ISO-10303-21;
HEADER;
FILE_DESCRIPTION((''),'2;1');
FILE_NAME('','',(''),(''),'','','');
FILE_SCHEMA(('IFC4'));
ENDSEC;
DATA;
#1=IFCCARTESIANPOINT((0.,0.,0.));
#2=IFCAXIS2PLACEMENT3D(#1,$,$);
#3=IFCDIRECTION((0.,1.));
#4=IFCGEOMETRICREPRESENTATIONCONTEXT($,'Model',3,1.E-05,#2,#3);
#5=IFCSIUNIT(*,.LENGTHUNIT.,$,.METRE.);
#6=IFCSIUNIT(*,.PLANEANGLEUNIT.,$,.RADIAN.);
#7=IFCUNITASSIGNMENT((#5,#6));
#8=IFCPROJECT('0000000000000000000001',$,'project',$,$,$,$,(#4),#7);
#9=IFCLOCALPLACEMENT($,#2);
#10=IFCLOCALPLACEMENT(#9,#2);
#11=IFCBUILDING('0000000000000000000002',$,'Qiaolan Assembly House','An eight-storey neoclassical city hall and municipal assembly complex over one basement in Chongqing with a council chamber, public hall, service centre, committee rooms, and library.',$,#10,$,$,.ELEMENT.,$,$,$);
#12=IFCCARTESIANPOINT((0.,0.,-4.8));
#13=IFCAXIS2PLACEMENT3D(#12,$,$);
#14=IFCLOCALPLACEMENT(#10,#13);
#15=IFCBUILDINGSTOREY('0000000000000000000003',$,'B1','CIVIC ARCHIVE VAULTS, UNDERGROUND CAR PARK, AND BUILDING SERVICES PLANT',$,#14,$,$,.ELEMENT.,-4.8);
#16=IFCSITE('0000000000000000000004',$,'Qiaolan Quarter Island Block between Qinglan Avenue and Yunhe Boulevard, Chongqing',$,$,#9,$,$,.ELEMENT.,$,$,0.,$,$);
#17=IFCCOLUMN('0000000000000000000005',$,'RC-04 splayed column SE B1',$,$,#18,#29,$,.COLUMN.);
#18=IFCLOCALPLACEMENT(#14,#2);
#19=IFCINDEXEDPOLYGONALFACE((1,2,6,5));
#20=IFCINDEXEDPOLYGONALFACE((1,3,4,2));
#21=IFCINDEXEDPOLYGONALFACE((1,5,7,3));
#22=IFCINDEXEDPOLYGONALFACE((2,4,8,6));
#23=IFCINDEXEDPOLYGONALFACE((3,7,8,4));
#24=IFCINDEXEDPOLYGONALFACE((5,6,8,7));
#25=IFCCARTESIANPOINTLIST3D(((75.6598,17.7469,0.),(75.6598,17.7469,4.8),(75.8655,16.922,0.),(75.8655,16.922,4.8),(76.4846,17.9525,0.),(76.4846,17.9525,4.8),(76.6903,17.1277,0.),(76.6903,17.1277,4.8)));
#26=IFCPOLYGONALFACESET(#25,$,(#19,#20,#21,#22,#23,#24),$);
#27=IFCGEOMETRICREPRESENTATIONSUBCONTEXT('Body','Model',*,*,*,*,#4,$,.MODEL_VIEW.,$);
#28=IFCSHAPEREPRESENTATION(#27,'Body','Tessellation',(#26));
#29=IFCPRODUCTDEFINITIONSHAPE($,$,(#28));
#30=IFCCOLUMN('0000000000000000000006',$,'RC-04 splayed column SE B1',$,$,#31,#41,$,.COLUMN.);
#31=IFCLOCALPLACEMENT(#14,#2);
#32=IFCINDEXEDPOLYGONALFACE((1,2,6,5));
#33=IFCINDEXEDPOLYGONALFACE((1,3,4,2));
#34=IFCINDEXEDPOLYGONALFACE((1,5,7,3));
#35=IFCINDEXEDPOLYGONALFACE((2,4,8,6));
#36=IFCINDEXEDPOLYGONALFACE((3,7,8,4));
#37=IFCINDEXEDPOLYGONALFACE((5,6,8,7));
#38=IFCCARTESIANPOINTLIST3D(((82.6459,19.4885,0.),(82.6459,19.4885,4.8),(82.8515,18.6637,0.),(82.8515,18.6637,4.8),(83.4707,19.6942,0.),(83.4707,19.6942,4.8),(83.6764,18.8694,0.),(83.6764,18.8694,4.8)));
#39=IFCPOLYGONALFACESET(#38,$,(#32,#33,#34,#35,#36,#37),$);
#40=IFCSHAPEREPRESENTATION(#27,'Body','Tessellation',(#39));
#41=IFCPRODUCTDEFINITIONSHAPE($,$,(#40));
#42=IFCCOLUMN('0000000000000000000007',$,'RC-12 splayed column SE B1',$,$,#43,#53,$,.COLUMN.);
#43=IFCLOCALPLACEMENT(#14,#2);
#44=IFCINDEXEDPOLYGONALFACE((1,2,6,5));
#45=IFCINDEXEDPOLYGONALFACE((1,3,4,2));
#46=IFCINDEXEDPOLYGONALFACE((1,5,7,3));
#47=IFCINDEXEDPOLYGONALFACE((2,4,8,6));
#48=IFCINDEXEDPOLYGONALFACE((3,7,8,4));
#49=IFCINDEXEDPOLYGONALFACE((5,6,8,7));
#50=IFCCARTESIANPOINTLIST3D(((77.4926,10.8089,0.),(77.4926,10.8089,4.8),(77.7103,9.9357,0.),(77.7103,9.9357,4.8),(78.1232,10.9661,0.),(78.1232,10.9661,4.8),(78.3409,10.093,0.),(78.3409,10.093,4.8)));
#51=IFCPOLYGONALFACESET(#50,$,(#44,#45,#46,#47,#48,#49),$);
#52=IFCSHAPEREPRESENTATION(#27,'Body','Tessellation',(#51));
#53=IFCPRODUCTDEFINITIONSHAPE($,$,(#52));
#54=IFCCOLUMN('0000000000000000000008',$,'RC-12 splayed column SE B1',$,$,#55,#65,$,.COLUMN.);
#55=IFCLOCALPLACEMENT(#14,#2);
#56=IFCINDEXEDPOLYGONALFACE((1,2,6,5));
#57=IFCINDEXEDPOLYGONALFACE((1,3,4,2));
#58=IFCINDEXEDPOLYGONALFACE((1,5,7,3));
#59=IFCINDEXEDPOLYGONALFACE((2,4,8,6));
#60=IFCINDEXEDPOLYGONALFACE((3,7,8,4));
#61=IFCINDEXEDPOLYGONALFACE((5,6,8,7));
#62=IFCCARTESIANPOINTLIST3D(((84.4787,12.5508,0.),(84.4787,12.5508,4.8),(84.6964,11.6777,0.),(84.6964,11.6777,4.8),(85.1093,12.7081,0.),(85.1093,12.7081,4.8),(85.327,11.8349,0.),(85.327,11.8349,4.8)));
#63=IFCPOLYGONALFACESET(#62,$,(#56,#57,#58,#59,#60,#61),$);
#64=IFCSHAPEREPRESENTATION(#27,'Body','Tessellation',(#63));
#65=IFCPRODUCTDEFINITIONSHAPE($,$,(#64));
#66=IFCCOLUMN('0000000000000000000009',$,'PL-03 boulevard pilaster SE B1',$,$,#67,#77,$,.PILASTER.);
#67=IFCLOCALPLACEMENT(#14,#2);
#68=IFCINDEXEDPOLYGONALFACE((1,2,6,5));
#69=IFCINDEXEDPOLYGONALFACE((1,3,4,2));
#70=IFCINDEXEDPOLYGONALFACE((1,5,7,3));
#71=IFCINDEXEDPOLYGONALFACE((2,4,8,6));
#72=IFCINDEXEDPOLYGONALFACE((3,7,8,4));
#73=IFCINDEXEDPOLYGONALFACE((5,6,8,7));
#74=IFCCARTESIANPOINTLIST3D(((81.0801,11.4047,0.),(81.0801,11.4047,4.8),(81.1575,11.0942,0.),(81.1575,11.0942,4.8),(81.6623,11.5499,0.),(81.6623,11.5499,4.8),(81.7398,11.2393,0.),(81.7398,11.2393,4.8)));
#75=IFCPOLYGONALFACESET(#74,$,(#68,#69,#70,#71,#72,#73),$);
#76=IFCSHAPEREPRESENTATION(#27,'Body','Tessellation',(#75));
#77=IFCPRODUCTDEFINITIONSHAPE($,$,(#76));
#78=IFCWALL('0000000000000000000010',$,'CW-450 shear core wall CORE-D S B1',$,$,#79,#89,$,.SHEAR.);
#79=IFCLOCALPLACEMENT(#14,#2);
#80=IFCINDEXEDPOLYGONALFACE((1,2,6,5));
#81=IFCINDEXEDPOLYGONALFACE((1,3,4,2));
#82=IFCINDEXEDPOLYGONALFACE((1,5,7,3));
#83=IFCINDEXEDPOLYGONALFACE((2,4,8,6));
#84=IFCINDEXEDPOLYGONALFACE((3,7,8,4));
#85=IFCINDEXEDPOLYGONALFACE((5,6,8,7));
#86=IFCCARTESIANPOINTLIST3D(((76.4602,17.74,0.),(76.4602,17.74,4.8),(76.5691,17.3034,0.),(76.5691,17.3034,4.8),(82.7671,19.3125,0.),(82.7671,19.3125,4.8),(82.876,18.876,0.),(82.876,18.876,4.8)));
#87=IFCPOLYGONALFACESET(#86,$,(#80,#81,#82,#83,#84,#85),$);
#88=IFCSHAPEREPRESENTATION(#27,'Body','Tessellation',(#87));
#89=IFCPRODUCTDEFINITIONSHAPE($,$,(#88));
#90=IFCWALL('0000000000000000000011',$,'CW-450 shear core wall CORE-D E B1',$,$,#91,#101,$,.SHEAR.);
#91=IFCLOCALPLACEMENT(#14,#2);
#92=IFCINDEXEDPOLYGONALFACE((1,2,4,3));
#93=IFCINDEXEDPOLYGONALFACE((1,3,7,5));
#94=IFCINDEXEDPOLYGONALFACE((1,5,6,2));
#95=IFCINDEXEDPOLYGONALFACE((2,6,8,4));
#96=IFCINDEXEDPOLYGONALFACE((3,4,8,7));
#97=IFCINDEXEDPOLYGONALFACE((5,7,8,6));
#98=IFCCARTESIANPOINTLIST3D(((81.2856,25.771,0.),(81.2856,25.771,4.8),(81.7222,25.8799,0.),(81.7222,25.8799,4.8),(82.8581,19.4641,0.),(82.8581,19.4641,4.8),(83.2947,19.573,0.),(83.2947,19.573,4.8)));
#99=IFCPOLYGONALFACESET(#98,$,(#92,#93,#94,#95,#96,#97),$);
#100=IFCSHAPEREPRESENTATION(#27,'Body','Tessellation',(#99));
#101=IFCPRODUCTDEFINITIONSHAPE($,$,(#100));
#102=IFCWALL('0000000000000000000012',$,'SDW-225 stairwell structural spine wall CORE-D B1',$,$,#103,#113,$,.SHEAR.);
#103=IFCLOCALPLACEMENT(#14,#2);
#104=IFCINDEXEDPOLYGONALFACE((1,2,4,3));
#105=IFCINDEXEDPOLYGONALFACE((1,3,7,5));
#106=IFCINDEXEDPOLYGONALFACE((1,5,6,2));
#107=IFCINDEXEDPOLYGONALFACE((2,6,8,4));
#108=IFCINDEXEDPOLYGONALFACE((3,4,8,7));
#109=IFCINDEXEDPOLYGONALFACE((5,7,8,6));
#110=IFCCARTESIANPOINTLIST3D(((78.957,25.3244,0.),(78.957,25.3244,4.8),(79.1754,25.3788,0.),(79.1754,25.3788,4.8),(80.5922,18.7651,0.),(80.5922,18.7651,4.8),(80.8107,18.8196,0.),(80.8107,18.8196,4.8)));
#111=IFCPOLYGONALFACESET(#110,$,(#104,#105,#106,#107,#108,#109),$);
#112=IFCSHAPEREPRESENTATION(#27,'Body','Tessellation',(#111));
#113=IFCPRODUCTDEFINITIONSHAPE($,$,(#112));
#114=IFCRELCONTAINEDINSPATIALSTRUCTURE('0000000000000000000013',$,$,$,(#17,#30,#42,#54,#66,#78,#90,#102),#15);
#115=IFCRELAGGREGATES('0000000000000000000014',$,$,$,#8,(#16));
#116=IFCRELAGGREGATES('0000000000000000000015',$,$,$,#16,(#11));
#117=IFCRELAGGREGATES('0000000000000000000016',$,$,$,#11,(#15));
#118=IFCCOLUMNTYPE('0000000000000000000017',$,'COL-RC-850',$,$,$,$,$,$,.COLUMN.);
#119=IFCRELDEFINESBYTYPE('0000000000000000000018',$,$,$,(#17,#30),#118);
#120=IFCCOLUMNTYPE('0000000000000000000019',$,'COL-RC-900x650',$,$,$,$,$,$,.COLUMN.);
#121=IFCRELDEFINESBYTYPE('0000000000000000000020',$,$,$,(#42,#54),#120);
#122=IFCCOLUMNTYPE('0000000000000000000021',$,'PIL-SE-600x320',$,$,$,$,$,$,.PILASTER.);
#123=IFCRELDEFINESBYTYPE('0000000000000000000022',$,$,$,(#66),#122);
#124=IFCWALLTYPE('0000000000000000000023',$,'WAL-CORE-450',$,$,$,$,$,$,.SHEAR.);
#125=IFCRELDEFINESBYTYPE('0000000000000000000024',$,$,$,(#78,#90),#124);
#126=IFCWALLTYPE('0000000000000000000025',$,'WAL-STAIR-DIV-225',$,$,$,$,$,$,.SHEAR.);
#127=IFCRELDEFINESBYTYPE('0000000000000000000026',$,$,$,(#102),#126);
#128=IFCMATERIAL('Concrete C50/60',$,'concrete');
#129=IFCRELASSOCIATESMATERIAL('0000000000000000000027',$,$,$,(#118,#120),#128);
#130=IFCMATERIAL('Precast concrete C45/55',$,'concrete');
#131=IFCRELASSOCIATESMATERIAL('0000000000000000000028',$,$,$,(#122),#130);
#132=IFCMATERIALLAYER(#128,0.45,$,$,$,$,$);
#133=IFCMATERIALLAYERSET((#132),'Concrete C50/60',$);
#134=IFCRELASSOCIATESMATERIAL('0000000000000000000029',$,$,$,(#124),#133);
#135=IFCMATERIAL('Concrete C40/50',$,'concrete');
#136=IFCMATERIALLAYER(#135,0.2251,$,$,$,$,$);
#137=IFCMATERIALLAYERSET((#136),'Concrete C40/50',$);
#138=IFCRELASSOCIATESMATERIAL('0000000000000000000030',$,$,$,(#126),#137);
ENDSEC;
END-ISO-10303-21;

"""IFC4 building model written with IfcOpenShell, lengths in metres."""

from ifc_helpers import new_model, si_unit, direction, frame, frame_2d, origin, origin_2d, place, context, subcontext, project, spatial, rectangle, extrude, material, layer, layer_set, material_profile, profile_set, type_object, element, save


model = new_model("IFC4")

# Units and contexts
model_context = context("Model", 3, precision=1e-05, world=origin(), true_north=direction((0.0, 1.0)))
body_context = subcontext(model_context, "Body", "Model", "MODEL_VIEW")
ifc_project = project(units=[si_unit("LENGTHUNIT", "METRE"), si_unit("PLANEANGLEUNIT", "RADIAN")], contexts=[model_context])

# Site, building, storey
site_placement = place(None, origin())
site = spatial("IfcSite", under=ifc_project, at=site_placement, Name="Qiaolan Quarter Island Block between Qinglan Avenue and Yunhe Boulevard, Chongqing", CompositionType="ELEMENT", RefElevation=0.0)
building_placement = place(site_placement, origin())
building = spatial("IfcBuilding", under=site, at=building_placement, Name="Qiaolan Assembly House", Description="An eight-storey neoclassical city hall and municipal assembly complex over one basement in Chongqing with a council chamber, public hall, service centre, committee rooms, and library.", CompositionType="ELEMENT")
storey_placement = place(building_placement, frame((0.0, 0.0, -4.8)))
storey = spatial("IfcBuildingStorey", under=building, at=storey_placement, Name="B1", Description="CIVIC ARCHIVE VAULTS, UNDERGROUND CAR PARK, AND BUILDING SERVICES PLANT", CompositionType="ELEMENT", Elevation=-4.8)

# Shared definitions
ifc_material_1 = material(Name="Concrete C40/50", Category="concrete")

# Columns
ifc_material_2 = material(Name="Concrete C50/60", Category="concrete")
ifc_material_profile_1 = material_profile(ifc_material_2, rectangle(XDim=0.8501, YDim=0.8501, at=origin_2d()), Name="RC 850x850")
ifc_profile_set_1 = profile_set([ifc_material_profile_1], Name="Concrete C50/60")
column_type_1 = type_object("IfcColumnType", Name="COL-RC-850", PredefinedType="COLUMN", material=ifc_profile_set_1)
for number, where, z_axis, x_axis, name in (
    (1, (76.175, 17.4373, 0.0), (0.0, 0.0, 1.0), (0.970296, 0.241922, 0.0), "RC-04 splayed column SE B1"),
    (2, (83.1611, 19.179, 0.0), (0.0, 0.0, 1.0), (0.970296, 0.241922, 0.0), "RC-04 splayed column SE B1"),
):
    element("IfcColumn", number, at=place(storey_placement, frame(where, z_axis=z_axis, x_axis=x_axis)), inside=storey, type_object=column_type_1, Name=name, PredefinedType="COLUMN", context=body_context, shape_type="SweptSolid", body=[
        extrude(rectangle(XDim=0.8501, YDim=0.8501, at=origin_2d()), origin(), (0.0, 0.0, 1.0), 4.8),
    ])
ifc_material_profile_2 = material_profile(ifc_material_2, rectangle(XDim=0.6499, YDim=0.8999, at=origin_2d()), Name="RC 900x650")
ifc_profile_set_2 = profile_set([ifc_material_profile_2], Name="Concrete C50/60")
column_type_2 = type_object("IfcColumnType", Name="COL-RC-900x650", PredefinedType="COLUMN", material=ifc_profile_set_2)
for number, where, z_axis, x_axis, name in (
    (3, (77.9167, 10.4509, 0.0), (0.0, 0.0, 1.0), (0.970296, 0.241922, 0.0), "RC-12 splayed column SE B1"),
    (4, (84.9028, 12.1929, 0.0), (0.0, 0.0, 1.0), (0.970296, 0.241922, 0.0), "RC-12 splayed column SE B1"),
):
    element("IfcColumn", number, at=place(storey_placement, frame(where, z_axis=z_axis, x_axis=x_axis)), inside=storey, type_object=column_type_2, Name=name, PredefinedType="COLUMN", context=body_context, shape_type="SweptSolid", body=[
        extrude(rectangle(XDim=0.6499, YDim=0.8999, at=origin_2d()), origin(), (0.0, 0.0, 1.0), 4.8),
    ])
ifc_material_3 = material(Name="Precast concrete C45/55", Category="concrete")
ifc_material_profile_3 = material_profile(ifc_material_3, rectangle(XDim=0.6001, YDim=0.3201, at=origin_2d()), Name="PIL 600x320")
ifc_profile_set_3 = profile_set([ifc_material_profile_3], Name="Precast concrete C45/55")
column_type_3 = type_object("IfcColumnType", Name="PIL-SE-600x320", PredefinedType="PILASTER", material=ifc_profile_set_3)
column_placement = place(storey_placement, frame((81.4099, 11.322, 0.0), z_axis=(0.0, 0.0, 1.0), x_axis=(0.970296, 0.241922, 0.0)))
element("IfcColumn", 5, at=column_placement, inside=storey, type_object=column_type_3, Name="PL-03 boulevard pilaster SE B1", PredefinedType="PILASTER", context=body_context, shape_type="SweptSolid", body=[
    extrude(rectangle(XDim=0.6001, YDim=0.3201, at=origin_2d()), origin(), (0.0, 0.0, 1.0), 4.8),
])

# Walls
ifc_layer_1 = layer(ifc_material_2, 0.45)
ifc_layer_set_1 = layer_set([ifc_layer_1], Name="Concrete C50/60")
wall_type_1 = type_object("IfcWallType", Name="WAL-CORE-450", PredefinedType="SHEAR", material=ifc_layer_set_1)
for number, where, z_axis, x_axis, name in (
    (6, (76.5146, 17.5217, 0.0), (0.0, 0.0, 1.0), (0.970295, 0.241926, 0.0), "CW-450 shear core wall CORE-D S B1"),
    (7, (83.0764, 19.5186, 0.0), (0.0, 0.0, 1.0), (-0.241926, 0.970295, 0.0), "CW-450 shear core wall CORE-D E B1"),
):
    element("IfcWall", number, at=place(storey_placement, frame(where, z_axis=z_axis, x_axis=x_axis)), inside=storey, type_object=wall_type_1, Name=name, PredefinedType="SHEAR", context=body_context, shape_type="SweptSolid", body=[
        extrude(rectangle(XDim=6.5, YDim=0.45, at=frame_2d((3.25, 0.0))), origin(), (0.0, 0.0, 1.0), 4.8),
    ])
ifc_layer_2 = layer(ifc_material_1, 0.2251)
ifc_layer_set_2 = layer_set([ifc_layer_2], Name="Concrete C40/50")
wall_type_2 = type_object("IfcWallType", Name="WAL-STAIR-DIV-225", PredefinedType="SHEAR", material=ifc_layer_set_2)
wall_placement = place(storey_placement, frame((80.7014, 18.7925, 0.0), z_axis=(0.0, 0.0, 1.0), x_axis=(-0.241898, 0.970302, 0.0)))
element("IfcWall", 8, at=wall_placement, inside=storey, type_object=wall_type_2, Name="SDW-225 stairwell structural spine wall CORE-D B1", PredefinedType="SHEAR", context=body_context, shape_type="SweptSolid", body=[
    extrude(rectangle(XDim=6.76, YDim=0.2251, at=frame_2d((3.3799, 0.0))), origin(), (0.0, 0.0, 1.0), 4.8),
])

save(model, "model.ifc")
